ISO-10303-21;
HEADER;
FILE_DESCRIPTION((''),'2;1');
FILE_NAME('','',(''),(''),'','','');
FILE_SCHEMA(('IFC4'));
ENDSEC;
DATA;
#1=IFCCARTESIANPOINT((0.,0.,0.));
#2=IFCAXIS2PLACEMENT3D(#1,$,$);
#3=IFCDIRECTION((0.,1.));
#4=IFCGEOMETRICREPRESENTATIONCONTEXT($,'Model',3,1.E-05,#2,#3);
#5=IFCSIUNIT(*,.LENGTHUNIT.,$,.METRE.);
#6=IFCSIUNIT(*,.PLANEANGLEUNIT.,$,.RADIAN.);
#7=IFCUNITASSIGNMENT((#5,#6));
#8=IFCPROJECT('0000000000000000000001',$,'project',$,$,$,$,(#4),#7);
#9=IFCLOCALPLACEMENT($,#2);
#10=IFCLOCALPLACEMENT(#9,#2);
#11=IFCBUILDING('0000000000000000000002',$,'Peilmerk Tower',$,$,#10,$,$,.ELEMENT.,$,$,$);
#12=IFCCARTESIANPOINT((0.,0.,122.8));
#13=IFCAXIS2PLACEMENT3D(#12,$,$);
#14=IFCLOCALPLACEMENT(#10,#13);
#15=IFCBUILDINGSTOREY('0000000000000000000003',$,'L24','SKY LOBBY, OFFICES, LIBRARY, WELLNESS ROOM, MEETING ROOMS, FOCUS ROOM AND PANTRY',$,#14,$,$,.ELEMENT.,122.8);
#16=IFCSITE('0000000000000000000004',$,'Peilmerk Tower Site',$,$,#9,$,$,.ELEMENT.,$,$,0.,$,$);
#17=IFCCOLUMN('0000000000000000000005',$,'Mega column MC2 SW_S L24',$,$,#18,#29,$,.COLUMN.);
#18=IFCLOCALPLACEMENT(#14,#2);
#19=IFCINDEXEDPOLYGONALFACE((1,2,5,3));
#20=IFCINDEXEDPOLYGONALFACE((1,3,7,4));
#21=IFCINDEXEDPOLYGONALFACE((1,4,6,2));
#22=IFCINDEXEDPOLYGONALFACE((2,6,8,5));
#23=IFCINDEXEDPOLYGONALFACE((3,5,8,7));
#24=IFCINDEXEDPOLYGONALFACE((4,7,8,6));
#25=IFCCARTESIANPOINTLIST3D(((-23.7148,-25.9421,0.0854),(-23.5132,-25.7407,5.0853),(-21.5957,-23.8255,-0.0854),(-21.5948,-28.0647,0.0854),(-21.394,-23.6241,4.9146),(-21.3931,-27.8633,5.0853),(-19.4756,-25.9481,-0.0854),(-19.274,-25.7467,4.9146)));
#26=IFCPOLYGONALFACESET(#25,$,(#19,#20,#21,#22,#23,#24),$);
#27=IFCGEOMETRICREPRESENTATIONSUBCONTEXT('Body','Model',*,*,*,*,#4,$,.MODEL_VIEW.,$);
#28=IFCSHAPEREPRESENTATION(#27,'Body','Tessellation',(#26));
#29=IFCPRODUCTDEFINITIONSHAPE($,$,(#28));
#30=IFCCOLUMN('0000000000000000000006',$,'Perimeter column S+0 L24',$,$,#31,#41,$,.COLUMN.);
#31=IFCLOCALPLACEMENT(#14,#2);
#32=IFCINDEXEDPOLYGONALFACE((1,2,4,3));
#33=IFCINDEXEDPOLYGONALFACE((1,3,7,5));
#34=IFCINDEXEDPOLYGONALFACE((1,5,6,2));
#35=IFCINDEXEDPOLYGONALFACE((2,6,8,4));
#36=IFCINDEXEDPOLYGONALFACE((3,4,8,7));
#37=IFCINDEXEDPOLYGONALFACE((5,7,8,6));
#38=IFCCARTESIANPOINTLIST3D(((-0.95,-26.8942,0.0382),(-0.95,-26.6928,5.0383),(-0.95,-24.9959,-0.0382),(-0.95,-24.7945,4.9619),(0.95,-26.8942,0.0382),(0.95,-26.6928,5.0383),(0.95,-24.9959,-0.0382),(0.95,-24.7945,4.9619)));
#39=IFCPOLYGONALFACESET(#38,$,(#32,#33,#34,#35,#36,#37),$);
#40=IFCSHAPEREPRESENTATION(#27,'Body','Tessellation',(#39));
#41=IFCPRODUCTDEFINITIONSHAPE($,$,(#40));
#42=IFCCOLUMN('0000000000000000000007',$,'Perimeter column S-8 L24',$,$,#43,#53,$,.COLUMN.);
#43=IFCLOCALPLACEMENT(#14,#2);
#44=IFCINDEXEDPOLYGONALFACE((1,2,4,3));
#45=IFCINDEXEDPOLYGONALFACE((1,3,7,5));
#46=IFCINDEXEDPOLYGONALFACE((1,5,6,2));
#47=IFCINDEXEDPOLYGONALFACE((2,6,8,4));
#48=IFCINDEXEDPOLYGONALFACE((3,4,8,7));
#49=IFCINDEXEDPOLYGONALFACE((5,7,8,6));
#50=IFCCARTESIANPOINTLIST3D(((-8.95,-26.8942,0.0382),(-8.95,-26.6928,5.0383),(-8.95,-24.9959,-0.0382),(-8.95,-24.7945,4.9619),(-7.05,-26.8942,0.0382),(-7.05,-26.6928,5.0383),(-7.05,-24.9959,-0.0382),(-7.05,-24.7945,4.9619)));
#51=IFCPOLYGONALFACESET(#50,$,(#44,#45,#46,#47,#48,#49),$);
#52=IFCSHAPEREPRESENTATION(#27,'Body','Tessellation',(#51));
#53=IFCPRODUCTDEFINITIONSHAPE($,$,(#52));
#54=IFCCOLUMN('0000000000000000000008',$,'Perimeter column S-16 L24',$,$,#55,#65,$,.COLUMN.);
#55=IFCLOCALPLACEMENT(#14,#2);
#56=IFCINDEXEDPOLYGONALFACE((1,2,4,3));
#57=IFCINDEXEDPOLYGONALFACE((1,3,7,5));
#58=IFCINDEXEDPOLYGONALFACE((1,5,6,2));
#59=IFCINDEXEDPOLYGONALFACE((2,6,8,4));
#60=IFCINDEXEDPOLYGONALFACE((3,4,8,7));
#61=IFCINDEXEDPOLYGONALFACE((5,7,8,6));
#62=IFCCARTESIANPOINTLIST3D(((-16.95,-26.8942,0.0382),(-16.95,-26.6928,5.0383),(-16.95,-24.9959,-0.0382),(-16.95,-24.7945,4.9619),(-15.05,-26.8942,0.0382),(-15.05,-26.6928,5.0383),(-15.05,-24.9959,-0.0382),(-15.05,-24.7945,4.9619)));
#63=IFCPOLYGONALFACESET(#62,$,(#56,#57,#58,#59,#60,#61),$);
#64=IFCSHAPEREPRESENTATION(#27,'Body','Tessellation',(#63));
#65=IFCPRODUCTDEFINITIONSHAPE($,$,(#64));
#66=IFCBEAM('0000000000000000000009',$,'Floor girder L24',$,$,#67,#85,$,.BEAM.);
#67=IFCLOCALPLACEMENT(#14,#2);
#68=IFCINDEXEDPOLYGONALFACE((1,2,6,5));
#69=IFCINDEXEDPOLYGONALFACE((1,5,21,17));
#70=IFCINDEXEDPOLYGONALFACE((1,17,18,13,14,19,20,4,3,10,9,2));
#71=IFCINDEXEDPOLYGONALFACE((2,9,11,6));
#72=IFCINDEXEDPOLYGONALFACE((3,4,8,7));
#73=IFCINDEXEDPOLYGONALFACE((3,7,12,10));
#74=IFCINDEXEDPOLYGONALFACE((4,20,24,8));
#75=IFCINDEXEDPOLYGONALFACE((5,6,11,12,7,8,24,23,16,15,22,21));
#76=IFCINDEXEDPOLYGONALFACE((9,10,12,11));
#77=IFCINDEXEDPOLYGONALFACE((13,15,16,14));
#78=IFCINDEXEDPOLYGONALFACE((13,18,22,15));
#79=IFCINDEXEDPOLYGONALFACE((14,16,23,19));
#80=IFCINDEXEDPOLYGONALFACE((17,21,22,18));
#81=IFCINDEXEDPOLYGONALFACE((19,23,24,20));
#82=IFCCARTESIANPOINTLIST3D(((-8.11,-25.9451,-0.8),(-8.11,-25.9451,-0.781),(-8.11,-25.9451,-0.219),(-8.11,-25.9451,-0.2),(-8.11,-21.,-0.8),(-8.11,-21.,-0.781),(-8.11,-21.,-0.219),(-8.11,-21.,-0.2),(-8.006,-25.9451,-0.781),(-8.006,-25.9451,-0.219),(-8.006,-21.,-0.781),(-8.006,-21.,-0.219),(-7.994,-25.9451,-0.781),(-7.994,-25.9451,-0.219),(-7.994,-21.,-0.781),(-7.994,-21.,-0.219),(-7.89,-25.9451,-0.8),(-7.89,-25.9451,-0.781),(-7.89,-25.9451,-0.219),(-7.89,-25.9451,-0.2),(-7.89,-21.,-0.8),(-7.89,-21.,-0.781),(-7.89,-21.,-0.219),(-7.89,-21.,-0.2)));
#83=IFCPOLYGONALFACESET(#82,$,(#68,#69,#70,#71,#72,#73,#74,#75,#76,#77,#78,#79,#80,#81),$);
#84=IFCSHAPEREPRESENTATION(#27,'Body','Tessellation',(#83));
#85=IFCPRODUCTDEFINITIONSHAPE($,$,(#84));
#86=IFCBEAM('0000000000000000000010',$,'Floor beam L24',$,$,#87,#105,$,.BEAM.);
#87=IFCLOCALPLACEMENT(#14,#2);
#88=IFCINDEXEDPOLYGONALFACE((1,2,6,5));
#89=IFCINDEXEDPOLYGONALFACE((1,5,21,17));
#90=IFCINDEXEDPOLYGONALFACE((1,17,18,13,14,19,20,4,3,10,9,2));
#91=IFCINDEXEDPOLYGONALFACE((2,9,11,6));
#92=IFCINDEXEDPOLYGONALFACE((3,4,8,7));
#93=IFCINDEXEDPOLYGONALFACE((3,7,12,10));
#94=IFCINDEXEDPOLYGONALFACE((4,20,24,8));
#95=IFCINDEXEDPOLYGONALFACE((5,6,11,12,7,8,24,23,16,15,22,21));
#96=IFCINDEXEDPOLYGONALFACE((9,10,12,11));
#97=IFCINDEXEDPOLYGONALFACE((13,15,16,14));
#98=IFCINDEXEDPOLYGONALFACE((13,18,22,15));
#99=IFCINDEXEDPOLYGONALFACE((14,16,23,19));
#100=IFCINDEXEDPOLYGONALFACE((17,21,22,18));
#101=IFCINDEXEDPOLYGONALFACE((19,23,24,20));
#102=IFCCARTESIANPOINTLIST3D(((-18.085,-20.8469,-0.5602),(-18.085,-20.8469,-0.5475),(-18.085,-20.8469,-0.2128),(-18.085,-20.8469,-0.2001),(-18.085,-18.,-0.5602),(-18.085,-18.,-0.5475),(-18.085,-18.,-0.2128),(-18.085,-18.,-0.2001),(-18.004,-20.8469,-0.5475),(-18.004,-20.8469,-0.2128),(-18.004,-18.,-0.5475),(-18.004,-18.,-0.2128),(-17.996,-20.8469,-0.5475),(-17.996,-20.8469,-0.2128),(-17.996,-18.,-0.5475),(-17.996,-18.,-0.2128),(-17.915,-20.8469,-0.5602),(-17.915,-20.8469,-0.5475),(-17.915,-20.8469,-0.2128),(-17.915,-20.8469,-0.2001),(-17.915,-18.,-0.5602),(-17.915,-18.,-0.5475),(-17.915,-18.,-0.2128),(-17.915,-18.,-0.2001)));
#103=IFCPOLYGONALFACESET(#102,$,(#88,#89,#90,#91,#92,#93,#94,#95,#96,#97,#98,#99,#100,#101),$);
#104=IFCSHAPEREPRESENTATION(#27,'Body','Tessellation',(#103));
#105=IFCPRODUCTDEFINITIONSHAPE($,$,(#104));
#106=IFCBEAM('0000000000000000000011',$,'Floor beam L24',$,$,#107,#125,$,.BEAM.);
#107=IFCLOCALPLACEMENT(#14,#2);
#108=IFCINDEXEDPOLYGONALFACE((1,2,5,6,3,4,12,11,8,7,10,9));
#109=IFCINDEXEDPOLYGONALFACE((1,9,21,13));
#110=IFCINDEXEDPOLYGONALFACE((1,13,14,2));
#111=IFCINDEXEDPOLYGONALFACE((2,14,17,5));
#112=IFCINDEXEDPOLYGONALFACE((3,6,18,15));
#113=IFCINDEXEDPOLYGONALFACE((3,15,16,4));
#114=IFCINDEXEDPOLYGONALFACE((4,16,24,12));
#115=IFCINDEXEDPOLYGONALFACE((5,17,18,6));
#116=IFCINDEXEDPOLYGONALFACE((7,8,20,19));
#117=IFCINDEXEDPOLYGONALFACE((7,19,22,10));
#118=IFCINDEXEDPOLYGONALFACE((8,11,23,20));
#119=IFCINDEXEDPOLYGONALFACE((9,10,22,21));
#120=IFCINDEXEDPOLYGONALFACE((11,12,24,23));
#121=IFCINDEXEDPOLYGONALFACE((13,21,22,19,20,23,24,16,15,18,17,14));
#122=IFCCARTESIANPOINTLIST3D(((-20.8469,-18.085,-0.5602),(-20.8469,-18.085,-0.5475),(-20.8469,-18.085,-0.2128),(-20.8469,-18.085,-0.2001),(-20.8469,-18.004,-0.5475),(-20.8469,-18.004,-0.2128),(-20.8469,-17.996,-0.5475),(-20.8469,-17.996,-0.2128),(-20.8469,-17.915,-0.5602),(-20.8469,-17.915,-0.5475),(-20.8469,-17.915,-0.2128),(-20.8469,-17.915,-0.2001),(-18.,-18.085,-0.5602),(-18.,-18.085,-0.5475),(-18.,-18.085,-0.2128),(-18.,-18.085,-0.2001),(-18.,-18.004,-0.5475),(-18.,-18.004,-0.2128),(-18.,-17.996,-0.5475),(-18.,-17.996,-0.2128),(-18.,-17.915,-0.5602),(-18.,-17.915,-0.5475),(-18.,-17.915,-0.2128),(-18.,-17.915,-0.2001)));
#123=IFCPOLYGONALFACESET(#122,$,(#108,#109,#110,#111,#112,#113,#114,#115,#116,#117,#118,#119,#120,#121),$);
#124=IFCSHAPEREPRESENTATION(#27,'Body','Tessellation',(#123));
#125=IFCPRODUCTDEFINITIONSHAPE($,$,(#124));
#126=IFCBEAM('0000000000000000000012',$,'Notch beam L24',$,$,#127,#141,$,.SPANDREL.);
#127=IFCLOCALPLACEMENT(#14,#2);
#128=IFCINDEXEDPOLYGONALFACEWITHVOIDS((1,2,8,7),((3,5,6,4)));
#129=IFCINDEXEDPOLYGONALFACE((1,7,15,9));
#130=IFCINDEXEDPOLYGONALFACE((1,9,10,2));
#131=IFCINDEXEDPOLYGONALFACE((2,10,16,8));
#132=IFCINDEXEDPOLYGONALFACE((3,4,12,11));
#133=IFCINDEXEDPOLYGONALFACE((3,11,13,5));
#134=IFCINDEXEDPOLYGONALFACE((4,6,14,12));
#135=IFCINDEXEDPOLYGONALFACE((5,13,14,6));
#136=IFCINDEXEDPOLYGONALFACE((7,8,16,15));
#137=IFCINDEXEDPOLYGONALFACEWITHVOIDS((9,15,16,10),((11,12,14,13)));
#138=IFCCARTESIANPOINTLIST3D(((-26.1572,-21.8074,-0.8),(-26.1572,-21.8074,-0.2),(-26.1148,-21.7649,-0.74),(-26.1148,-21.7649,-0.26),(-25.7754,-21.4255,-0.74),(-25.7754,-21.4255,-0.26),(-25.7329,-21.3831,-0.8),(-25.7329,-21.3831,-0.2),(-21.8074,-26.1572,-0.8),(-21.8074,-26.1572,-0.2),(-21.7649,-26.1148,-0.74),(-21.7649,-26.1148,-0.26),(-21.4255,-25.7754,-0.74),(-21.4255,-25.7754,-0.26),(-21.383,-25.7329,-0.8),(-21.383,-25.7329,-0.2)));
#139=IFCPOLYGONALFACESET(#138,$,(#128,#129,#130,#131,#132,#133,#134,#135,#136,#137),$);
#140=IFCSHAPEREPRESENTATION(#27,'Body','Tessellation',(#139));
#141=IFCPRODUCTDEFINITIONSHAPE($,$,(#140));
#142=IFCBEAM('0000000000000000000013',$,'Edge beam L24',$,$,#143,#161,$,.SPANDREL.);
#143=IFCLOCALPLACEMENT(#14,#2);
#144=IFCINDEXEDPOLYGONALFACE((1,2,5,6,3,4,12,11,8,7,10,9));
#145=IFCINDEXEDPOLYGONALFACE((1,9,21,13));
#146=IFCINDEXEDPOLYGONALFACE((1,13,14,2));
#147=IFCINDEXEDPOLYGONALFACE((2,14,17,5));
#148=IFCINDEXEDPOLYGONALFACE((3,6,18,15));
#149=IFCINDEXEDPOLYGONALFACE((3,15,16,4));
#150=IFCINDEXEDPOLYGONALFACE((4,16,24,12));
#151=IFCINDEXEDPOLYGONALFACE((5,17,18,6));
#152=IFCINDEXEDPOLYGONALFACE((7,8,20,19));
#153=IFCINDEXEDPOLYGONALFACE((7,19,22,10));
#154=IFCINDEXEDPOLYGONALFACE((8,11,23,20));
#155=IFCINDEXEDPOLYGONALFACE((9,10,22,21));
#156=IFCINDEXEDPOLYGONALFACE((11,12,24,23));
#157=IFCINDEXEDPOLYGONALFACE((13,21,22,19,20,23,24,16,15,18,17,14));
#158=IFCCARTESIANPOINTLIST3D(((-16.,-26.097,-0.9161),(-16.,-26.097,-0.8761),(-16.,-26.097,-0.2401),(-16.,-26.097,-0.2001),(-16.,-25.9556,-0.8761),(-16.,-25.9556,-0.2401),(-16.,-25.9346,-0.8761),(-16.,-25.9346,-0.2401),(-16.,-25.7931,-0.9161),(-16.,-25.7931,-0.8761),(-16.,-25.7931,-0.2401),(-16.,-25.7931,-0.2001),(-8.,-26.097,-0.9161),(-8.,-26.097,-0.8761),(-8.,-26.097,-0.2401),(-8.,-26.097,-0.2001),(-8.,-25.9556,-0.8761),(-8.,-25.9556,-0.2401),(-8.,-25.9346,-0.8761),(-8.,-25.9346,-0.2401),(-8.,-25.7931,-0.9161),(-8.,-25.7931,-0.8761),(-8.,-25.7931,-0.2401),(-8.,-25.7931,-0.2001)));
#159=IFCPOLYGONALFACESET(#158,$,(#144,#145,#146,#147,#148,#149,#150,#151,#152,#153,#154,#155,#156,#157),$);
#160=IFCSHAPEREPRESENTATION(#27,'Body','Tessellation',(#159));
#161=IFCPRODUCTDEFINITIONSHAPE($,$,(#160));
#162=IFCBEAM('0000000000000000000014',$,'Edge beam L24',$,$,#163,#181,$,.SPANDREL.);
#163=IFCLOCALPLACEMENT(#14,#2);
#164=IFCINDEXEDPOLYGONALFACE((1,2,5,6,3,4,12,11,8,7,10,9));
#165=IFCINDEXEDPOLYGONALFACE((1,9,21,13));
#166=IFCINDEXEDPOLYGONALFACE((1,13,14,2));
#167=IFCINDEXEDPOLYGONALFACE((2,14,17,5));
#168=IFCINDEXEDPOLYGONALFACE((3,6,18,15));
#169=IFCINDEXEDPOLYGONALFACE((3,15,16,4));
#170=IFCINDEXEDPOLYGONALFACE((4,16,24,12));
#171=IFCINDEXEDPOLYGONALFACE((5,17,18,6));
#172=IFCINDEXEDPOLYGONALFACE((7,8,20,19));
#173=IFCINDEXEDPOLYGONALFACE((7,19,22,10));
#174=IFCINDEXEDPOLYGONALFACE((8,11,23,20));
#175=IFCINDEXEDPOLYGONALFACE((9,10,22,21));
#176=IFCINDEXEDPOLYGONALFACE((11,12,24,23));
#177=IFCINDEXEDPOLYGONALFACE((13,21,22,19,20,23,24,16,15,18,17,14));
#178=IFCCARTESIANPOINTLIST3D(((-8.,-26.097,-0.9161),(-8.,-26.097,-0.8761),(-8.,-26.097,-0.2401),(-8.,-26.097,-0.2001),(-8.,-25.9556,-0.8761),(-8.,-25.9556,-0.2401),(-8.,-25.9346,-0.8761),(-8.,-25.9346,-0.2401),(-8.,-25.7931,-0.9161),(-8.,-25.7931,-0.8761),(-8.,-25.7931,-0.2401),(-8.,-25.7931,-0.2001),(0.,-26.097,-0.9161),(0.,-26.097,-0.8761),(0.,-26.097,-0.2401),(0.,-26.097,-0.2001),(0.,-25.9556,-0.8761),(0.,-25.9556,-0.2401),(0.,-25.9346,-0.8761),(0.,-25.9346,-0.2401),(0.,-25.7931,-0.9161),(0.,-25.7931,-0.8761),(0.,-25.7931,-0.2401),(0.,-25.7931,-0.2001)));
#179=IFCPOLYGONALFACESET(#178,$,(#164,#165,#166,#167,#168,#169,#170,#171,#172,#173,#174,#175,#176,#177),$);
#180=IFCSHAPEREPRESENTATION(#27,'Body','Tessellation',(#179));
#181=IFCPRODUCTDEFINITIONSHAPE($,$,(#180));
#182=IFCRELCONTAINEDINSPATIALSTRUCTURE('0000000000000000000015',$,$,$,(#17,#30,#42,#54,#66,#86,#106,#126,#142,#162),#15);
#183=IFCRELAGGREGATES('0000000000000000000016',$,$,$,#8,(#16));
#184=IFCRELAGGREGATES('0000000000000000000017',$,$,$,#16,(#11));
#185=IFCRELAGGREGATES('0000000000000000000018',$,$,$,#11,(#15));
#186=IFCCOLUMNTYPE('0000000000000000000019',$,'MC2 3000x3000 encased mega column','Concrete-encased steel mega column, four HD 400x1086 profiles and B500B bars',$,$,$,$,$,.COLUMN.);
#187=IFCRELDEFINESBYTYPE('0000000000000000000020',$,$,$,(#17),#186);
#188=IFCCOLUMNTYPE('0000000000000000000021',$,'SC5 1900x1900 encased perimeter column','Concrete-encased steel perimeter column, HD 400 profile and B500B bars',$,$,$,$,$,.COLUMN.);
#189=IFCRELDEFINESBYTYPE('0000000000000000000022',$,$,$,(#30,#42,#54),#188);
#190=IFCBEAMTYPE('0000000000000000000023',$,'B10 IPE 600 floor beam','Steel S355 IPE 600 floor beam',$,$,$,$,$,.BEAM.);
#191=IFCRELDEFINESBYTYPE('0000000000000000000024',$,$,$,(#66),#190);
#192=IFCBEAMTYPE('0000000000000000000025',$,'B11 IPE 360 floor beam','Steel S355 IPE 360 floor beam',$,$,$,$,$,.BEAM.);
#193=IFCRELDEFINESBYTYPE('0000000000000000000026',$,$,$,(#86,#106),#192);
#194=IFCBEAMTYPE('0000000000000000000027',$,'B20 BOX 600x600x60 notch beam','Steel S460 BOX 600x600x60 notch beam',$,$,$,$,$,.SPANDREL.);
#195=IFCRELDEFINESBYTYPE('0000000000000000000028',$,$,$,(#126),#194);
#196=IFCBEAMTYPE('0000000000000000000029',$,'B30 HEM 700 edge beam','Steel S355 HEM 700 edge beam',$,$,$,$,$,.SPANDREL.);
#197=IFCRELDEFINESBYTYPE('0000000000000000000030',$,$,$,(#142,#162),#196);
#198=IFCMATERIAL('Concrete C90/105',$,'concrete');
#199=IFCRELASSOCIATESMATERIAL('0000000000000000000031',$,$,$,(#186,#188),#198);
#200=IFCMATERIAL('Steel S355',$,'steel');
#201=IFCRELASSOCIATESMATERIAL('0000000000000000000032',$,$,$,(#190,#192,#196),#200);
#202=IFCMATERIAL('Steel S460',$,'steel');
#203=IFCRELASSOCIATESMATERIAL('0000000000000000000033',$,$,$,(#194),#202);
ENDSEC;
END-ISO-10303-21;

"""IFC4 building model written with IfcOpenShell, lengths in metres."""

from ifc_helpers import new_model, si_unit, direction, frame, origin, origin_2d, place, context, subcontext, project, spatial, rectangle, hollow_rectangle, i_section, extrude, material, material_profile, profile_set, type_object, element, save


model = new_model("IFC4")

# Units and contexts
model_context = context("Model", 3, precision=1e-05, world=origin(), true_north=direction((0.0, 1.0)))
body_context = subcontext(model_context, "Body", "Model", "MODEL_VIEW")
ifc_project = project(units=[si_unit("LENGTHUNIT", "METRE"), si_unit("PLANEANGLEUNIT", "RADIAN")], contexts=[model_context])

# Site, building, storey
site_placement = place(None, origin())
site = spatial("IfcSite", under=ifc_project, at=site_placement, Name="Peilmerk Tower Site", CompositionType="ELEMENT", RefElevation=0.0)
building_placement = place(site_placement, origin())
building = spatial("IfcBuilding", under=site, at=building_placement, Name="Peilmerk Tower", CompositionType="ELEMENT")
storey_placement = place(building_placement, frame((0.0, 0.0, 122.8)))
storey = spatial("IfcBuildingStorey", under=building, at=storey_placement, Name="L24", Description="SKY LOBBY, OFFICES, LIBRARY, WELLNESS ROOM, MEETING ROOMS, FOCUS ROOM AND PANTRY", CompositionType="ELEMENT", Elevation=122.8)

# Columns
ifc_material_1 = material(Name="Concrete C90/105", Category="concrete")
ifc_material_profile_1 = material_profile(ifc_material_1, rectangle(XDim=3.0, YDim=3.0, at=origin_2d()), Name="RC 3000x3000")
ifc_profile_set_1 = profile_set([ifc_material_profile_1], Name="Concrete C90/105")
column_type_1 = type_object("IfcColumnType", Name="MC2 3000x3000 encased mega column", Description="Concrete-encased steel mega column, four HD 400x1086 profiles and B500B bars", PredefinedType="COLUMN", material=ifc_profile_set_1)
column_placement = place(storey_placement, frame((-21.5952, -25.9451, 0.0), z_axis=(0.040267, 0.040218, 0.998379), x_axis=(-0.706678, 0.707535, 0.0)))
element("IfcColumn", 1, at=column_placement, inside=storey, type_object=column_type_1, Name="Mega column MC2 SW_S L24", PredefinedType="COLUMN", context=body_context, shape_type="SweptSolid", body=[
    extrude(rectangle(XDim=3.0, YDim=3.0, at=origin_2d()), origin(), (0.0, 0.0, 1.0), 5.0081),
])
ifc_material_profile_2 = material_profile(ifc_material_1, rectangle(XDim=1.8999, YDim=1.8999, at=origin_2d()), Name="RC 1900x1900")
ifc_profile_set_2 = profile_set([ifc_material_profile_2], Name="Concrete C90/105")
column_type_2 = type_object("IfcColumnType", Name="SC5 1900x1900 encased perimeter column", Description="Concrete-encased steel perimeter column, HD 400 profile and B500B bars", PredefinedType="COLUMN", material=ifc_profile_set_2)
for number, where, z_axis, x_axis, name in (
    (2, (0.0, -25.9451, 0.0), (0.0, 0.040251, 0.99919), (-1.0, 0.0, 0.0), "Perimeter column S+0 L24"),
    (3, (-8.0, -25.9451, 0.0), (0.0, 0.040251, 0.99919), (-1.0, 0.0, 0.0), "Perimeter column S-8 L24"),
    (4, (-16.0, -25.9451, 0.0), (0.0, 0.040251, 0.99919), (-1.0, 0.0, 0.0), "Perimeter column S-16 L24"),
):
    element("IfcColumn", number, at=place(storey_placement, frame(where, z_axis=z_axis, x_axis=x_axis)), inside=storey, type_object=column_type_2, Name=name, PredefinedType="COLUMN", context=body_context, shape_type="SweptSolid", body=[
        extrude(rectangle(XDim=1.8999, YDim=1.8999, at=origin_2d()), origin(), (0.0, 0.0, 1.0), 5.0042),
    ])

# Beams
ifc_material_2 = material(Name="Steel S355", Category="steel")
ifc_material_profile_3 = material_profile(ifc_material_2, i_section(OverallWidth=0.22, OverallDepth=0.6001, WebThickness=0.012, FlangeThickness=0.019, at=origin_2d()), Name="IPE 600")
ifc_profile_set_3 = profile_set([ifc_material_profile_3], Name="Steel S355")
beam_type_1 = type_object("IfcBeamType", Name="B10 IPE 600 floor beam", Description="Steel S355 IPE 600 floor beam", PredefinedType="BEAM", material=ifc_profile_set_3)
beam_1_placement = place(storey_placement, frame((-8.0, -21.0, -0.5), z_axis=(0.0, -1.0, 0.0), x_axis=(1.0, 0.0, 0.0)))
element("IfcBeam", 5, at=beam_1_placement, inside=storey, type_object=beam_type_1, Name="Floor girder L24", PredefinedType="BEAM", context=body_context, shape_type="SweptSolid", body=[
    extrude(i_section(OverallWidth=0.22, OverallDepth=0.6001, WebThickness=0.012, FlangeThickness=0.019, at=origin_2d()), origin(), (0.0, 0.0, 1.0), 4.9451),
])
ifc_material_profile_4 = material_profile(ifc_material_2, i_section(OverallWidth=0.1699, OverallDepth=0.3601, WebThickness=0.0081, FlangeThickness=0.0127, at=origin_2d()), Name="IPE 360")
ifc_profile_set_4 = profile_set([ifc_material_profile_4], Name="Steel S355")
beam_type_2 = type_object("IfcBeamType", Name="B11 IPE 360 floor beam", Description="Steel S355 IPE 360 floor beam", PredefinedType="BEAM", material=ifc_profile_set_4)
for number, where, z_axis, x_axis, name in (
    (6, (-18.0, -18.0, -0.3801), (0.0, -1.0, 0.0), (1.0, 0.0, 0.0), "Floor beam L24"),
    (7, (-18.0, -18.0, -0.3801), (-1.0, 0.0, 0.0), (0.0, -1.0, 0.0), "Floor beam L24"),
):
    element("IfcBeam", number, at=place(storey_placement, frame(where, z_axis=z_axis, x_axis=x_axis)), inside=storey, type_object=beam_type_2, Name=name, PredefinedType="BEAM", context=body_context, shape_type="SweptSolid", body=[
        extrude(i_section(OverallWidth=0.1699, OverallDepth=0.3601, WebThickness=0.0081, FlangeThickness=0.0127, at=origin_2d()), origin(), (0.0, 0.0, 1.0), 2.8469),
    ])
ifc_material_3 = material(Name="Steel S460", Category="steel")
ifc_material_profile_5 = material_profile(ifc_material_3, hollow_rectangle(XDim=0.6001, YDim=0.6001, WallThickness=0.0601, at=origin_2d()), Name="BOX 600x600x60")
ifc_profile_set_5 = profile_set([ifc_material_profile_5], Name="Steel S460")
beam_type_3 = type_object("IfcBeamType", Name="B20 BOX 600x600x60 notch beam", Description="Steel S460 BOX 600x600x60 notch beam", PredefinedType="SPANDREL", material=ifc_profile_set_5)
beam_2_placement = place(storey_placement, frame((-21.5952, -25.9451, -0.5), z_axis=(-0.707107, 0.707107, 0.0), x_axis=(-0.707107, -0.707107, 0.0)))
element("IfcBeam", 8, at=beam_2_placement, inside=storey, type_object=beam_type_3, Name="Notch beam L24", PredefinedType="SPANDREL", context=body_context, shape_type="SweptSolid", body=[
    extrude(hollow_rectangle(XDim=0.6001, YDim=0.6001, WallThickness=0.0601, at=origin_2d()), origin(), (0.0, 0.0, 1.0), 6.1516),
])
ifc_material_profile_6 = material_profile(ifc_material_2, i_section(OverallWidth=0.304, OverallDepth=0.7161, WebThickness=0.021, FlangeThickness=0.04, at=origin_2d()), Name="HEM 700")
ifc_profile_set_6 = profile_set([ifc_material_profile_6], Name="Steel S355")
beam_type_4 = type_object("IfcBeamType", Name="B30 HEM 700 edge beam", Description="Steel S355 HEM 700 edge beam", PredefinedType="SPANDREL", material=ifc_profile_set_6)
for number, where, z_axis, x_axis, name in (
    (9, (-16.0, -25.9451, -0.5581), (1.0, 0.0, 0.0), (0.0, 1.0, 0.0), "Edge beam L24"),
    (10, (-8.0, -25.9451, -0.5581), (1.0, 0.0, 0.0), (0.0, 1.0, 0.0), "Edge beam L24"),
):
    element("IfcBeam", number, at=place(storey_placement, frame(where, z_axis=z_axis, x_axis=x_axis)), inside=storey, type_object=beam_type_4, Name=name, PredefinedType="SPANDREL", context=body_context, shape_type="SweptSolid", body=[
        extrude(i_section(OverallWidth=0.304, OverallDepth=0.7161, WebThickness=0.021, FlangeThickness=0.04, at=origin_2d()), origin(), (0.0, 0.0, 1.0), 8.0),
    ])

save(model, "model.ifc")
